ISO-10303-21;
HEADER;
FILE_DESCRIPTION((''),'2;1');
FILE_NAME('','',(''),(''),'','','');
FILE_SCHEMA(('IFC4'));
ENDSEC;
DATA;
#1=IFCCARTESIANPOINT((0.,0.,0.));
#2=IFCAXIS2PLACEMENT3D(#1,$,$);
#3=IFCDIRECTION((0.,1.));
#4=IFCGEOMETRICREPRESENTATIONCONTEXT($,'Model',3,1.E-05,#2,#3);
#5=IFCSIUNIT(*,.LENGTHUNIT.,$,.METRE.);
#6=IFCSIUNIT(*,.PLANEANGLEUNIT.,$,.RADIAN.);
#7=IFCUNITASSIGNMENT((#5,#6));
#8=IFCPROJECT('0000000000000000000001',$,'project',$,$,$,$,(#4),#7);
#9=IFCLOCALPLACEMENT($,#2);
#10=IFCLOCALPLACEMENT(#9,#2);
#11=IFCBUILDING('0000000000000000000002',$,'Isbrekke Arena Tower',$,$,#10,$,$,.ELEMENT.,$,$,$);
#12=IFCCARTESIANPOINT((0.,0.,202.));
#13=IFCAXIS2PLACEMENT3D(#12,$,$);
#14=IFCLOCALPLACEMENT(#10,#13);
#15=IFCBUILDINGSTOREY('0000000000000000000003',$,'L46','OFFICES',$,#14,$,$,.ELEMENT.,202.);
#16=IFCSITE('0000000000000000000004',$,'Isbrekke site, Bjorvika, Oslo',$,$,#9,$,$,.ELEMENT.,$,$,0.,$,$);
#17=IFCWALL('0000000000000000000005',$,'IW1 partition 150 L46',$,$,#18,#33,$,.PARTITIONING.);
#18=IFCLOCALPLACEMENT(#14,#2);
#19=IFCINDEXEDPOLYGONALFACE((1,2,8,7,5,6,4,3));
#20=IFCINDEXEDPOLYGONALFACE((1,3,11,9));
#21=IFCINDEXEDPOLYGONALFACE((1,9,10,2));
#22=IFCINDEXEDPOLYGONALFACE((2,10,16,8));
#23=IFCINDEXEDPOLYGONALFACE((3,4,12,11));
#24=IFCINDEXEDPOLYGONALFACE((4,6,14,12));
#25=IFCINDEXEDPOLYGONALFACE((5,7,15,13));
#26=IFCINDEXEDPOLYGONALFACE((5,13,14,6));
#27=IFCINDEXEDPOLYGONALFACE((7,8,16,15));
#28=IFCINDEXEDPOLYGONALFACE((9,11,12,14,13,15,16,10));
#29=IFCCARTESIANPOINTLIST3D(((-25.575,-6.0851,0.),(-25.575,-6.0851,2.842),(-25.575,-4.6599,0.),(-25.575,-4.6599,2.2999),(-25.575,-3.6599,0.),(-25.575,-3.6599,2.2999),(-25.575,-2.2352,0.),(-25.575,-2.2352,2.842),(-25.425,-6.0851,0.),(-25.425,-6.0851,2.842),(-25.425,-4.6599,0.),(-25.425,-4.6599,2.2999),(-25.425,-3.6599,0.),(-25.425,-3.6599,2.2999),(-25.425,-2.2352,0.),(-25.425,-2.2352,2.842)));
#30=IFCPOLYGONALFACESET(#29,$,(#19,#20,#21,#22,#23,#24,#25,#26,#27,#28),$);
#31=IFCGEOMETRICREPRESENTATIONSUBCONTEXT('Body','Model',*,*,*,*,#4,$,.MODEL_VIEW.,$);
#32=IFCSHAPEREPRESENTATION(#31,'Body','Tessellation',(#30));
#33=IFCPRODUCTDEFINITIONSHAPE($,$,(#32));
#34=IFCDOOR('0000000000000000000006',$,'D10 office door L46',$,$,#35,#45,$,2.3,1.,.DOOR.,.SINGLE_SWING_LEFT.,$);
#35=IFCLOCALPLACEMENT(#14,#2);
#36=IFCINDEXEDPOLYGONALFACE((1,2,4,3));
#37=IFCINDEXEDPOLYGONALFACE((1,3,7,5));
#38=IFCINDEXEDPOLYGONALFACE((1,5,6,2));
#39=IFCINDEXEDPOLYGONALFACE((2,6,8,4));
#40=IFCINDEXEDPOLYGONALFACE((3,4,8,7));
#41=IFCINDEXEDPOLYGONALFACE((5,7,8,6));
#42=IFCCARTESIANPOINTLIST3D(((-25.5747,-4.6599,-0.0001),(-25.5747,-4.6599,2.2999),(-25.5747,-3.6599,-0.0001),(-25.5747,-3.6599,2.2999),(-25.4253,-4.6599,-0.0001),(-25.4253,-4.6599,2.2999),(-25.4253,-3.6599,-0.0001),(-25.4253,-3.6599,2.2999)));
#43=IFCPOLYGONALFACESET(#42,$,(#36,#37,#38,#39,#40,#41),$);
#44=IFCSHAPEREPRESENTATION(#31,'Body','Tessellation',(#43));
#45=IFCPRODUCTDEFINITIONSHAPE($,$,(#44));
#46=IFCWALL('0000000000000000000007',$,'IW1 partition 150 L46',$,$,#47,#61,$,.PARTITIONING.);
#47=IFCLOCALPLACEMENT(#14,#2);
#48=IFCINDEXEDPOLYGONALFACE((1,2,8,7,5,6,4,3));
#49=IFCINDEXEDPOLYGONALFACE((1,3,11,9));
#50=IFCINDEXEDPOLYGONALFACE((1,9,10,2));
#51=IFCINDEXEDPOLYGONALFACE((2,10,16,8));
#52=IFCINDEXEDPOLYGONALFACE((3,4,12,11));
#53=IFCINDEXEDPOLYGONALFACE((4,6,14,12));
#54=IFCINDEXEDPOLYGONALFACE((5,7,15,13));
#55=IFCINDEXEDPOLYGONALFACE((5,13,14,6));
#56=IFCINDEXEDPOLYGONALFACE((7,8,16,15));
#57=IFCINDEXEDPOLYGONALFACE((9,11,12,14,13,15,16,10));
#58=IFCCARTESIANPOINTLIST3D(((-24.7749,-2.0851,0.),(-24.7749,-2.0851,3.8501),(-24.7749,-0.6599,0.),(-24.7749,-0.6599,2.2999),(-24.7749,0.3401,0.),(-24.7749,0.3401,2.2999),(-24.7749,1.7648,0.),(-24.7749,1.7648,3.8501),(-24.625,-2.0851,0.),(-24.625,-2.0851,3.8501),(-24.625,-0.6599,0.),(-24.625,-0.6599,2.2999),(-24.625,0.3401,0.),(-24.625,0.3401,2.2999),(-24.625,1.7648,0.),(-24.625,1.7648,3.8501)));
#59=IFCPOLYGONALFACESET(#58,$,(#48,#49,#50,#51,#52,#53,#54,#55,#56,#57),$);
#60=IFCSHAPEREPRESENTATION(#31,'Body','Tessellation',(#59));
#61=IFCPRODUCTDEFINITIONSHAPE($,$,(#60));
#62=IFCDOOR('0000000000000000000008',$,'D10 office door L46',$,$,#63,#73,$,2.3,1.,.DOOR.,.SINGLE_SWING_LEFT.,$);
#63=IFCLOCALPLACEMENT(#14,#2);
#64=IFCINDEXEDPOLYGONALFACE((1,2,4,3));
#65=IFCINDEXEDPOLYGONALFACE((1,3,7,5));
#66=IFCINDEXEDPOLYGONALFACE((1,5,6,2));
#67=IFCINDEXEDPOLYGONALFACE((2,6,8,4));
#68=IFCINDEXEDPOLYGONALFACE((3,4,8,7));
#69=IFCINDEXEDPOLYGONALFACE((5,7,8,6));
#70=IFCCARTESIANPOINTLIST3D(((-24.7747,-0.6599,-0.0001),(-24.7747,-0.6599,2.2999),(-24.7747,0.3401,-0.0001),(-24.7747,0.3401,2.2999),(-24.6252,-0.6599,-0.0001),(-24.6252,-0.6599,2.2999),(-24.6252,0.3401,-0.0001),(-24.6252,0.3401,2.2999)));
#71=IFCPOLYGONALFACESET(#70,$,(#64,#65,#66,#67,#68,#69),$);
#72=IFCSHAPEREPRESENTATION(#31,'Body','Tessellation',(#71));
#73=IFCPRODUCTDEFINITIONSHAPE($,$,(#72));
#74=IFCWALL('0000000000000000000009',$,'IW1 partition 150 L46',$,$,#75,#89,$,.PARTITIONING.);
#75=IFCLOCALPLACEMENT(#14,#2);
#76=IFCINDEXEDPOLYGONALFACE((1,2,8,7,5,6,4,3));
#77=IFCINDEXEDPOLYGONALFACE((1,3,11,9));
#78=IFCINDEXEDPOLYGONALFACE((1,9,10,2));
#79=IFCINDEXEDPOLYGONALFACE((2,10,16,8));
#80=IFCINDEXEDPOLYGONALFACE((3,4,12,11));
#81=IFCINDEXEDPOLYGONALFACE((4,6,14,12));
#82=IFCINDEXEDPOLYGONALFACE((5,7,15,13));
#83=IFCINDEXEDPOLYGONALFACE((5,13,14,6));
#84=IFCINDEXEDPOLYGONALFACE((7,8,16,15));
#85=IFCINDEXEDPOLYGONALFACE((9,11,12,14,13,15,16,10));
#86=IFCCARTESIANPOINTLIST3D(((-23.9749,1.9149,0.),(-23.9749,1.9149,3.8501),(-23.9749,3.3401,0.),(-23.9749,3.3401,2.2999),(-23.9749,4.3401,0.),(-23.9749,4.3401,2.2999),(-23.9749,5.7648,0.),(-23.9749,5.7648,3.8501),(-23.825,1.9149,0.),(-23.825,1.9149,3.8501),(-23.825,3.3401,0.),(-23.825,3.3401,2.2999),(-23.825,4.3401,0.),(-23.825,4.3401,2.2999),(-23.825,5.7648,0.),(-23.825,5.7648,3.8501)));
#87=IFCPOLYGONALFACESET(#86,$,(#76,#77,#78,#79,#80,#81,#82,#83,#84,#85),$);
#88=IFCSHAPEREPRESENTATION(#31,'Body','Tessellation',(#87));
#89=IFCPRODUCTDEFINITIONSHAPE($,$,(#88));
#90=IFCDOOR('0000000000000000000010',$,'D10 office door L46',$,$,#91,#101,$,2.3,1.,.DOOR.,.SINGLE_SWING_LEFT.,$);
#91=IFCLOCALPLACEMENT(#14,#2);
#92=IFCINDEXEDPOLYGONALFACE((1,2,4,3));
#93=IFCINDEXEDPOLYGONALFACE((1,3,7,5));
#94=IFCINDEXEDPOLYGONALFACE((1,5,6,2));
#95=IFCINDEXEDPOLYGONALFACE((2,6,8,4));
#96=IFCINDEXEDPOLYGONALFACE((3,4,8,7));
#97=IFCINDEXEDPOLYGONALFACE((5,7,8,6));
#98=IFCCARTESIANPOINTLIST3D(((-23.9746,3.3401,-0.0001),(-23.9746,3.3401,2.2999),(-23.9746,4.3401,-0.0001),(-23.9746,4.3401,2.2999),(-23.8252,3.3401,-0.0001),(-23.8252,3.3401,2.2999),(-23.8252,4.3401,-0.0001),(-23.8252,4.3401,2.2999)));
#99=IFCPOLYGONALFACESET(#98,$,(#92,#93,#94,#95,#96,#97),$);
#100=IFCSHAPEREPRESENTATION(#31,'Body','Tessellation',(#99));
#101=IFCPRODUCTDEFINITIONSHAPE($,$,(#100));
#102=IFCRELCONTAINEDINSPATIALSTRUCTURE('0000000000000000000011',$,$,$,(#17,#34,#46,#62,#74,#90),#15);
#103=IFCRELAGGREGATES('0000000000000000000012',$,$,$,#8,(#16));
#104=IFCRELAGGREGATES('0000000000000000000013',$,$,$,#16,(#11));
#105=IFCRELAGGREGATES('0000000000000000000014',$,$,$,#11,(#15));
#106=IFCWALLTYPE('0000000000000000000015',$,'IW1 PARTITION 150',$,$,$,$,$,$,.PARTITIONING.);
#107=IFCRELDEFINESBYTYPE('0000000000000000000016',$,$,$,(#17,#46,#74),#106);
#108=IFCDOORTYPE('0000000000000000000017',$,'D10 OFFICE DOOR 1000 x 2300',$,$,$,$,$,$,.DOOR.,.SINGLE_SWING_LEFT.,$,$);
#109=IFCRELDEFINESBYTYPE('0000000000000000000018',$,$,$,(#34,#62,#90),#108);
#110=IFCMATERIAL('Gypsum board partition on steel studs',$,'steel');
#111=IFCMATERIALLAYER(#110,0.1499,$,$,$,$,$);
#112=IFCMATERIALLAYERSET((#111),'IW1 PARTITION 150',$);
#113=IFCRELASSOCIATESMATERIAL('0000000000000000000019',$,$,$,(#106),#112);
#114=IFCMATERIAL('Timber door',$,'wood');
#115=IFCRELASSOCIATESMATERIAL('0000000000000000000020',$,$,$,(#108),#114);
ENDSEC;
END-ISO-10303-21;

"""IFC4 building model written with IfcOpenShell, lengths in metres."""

from ifc_helpers import new_model, si_unit, direction, frame, frame_2d, origin, place, context, subcontext, project, spatial, rectangle, extrude, material, layer, layer_set, type_object, element, fill, save


model = new_model("IFC4")

# Units and contexts
model_context = context("Model", 3, precision=1e-05, world=origin(), true_north=direction((0.0, 1.0)))
body_context = subcontext(model_context, "Body", "Model", "MODEL_VIEW")
ifc_project = project(units=[si_unit("LENGTHUNIT", "METRE"), si_unit("PLANEANGLEUNIT", "RADIAN")], contexts=[model_context])

# Site, building, storey
site_placement = place(None, origin())
site = spatial("IfcSite", under=ifc_project, at=site_placement, Name="Isbrekke site, Bjorvika, Oslo", CompositionType="ELEMENT", RefElevation=0.0)
building_placement = place(site_placement, origin())
building = spatial("IfcBuilding", under=site, at=building_placement, Name="Isbrekke Arena Tower", CompositionType="ELEMENT")
storey_placement = place(building_placement, frame((0.0, 0.0, 202.0)))
storey = spatial("IfcBuildingStorey", under=building, at=storey_placement, Name="L46", Description="OFFICES", CompositionType="ELEMENT", Elevation=202.0)

# Shared definitions
ifc_material_1 = material(Name="Gypsum board partition on steel studs", Category="steel")
ifc_layer_1 = layer(ifc_material_1, 0.1499)
ifc_layer_set_1 = layer_set([ifc_layer_1], Name="IW1 PARTITION 150")
wall_type = type_object("IfcWallType", Name="IW1 PARTITION 150", PredefinedType="PARTITIONING", material=ifc_layer_set_1)

# Walls, openings, doors
wall_1_placement = place(storey_placement, frame((-25.5, -6.085, 0.0), z_axis=(0.0, 0.0, 1.0), x_axis=(0.0, 1.0, 0.0)))
wall_1 = element("IfcWall", 1, at=wall_1_placement, inside=storey, type_object=wall_type, Name="IW1 partition 150 L46", PredefinedType="PARTITIONING", context=body_context, shape_type="SweptSolid", body=[
    extrude(rectangle(XDim=3.8499, YDim=0.1499, at=frame_2d((1.9248, 0.0))), origin(), (0.0, 0.0, 1.0), 2.842),
])
opening_1_placement = place(wall_1_placement, frame((1.425, 0.0, 0.0)))
opening_1 = element("IfcOpeningElement", 2, at=opening_1_placement, cuts=wall_1, PredefinedType="OPENING", context=body_context, shape_type="SweptSolid", body=[
    extrude(rectangle(XDim=1.0, YDim=2.3, at=frame_2d((0.5, 1.1499))), frame((0.0, 0.0898, 0.0), z_axis=(0.0, -1.0, 0.0), x_axis=(1.0, 0.0, 0.0)), (0.0, 0.0, 1.0), 0.1797),
])
ifc_material_2 = material(Name="Timber door", Category="wood")
door_type = type_object("IfcDoorType", Name="D10 OFFICE DOOR 1000 x 2300", OperationType="SINGLE_SWING_LEFT", PredefinedType="DOOR", material=ifc_material_2)
door_1_placement = place(opening_1_placement, origin())
door_1 = element("IfcDoor", 3, at=door_1_placement, inside=storey, type_object=door_type, Name="D10 office door L46", OperationType="SINGLE_SWING_LEFT", OverallHeight=2.3, OverallWidth=1.0, PredefinedType="DOOR", context=body_context, shape_type="SweptSolid", body=[
    extrude(rectangle(XDim=1.0, YDim=2.3, at=frame_2d((0.5, 1.1499))), frame((0.0, 0.0747, 0.0), z_axis=(0.0, -1.0, 0.0), x_axis=(1.0, 0.0, 0.0)), (0.0, 0.0, 1.0), 0.1494),
])
fill(opening_1, door_1)
wall_2_placement = place(storey_placement, frame((-24.7, -2.085, 0.0), z_axis=(0.0, 0.0, 1.0), x_axis=(0.0, 1.0, 0.0)))
wall_2 = element("IfcWall", 4, at=wall_2_placement, inside=storey, type_object=wall_type, Name="IW1 partition 150 L46", PredefinedType="PARTITIONING", context=body_context, shape_type="SweptSolid", body=[
    extrude(rectangle(XDim=3.8499, YDim=0.1499, at=frame_2d((1.9248, 0.0))), origin(), (0.0, 0.0, 1.0), 3.8501),
])
opening_2_placement = place(wall_2_placement, frame((1.425, 0.0, 0.0)))
opening_2 = element("IfcOpeningElement", 5, at=opening_2_placement, cuts=wall_2, PredefinedType="OPENING", context=body_context, shape_type="SweptSolid", body=[
    extrude(rectangle(XDim=1.0, YDim=2.3, at=frame_2d((0.5, 1.1499))), frame((0.0, 0.0898, 0.0), z_axis=(0.0, -1.0, 0.0), x_axis=(1.0, 0.0, 0.0)), (0.0, 0.0, 1.0), 0.1797),
])
door_2_placement = place(opening_2_placement, origin())
door_2 = element("IfcDoor", 6, at=door_2_placement, inside=storey, type_object=door_type, Name="D10 office door L46", OperationType="SINGLE_SWING_LEFT", OverallHeight=2.3, OverallWidth=1.0, PredefinedType="DOOR", context=body_context, shape_type="SweptSolid", body=[
    extrude(rectangle(XDim=1.0, YDim=2.3, at=frame_2d((0.5, 1.1499))), frame((0.0, 0.0747, 0.0), z_axis=(0.0, -1.0, 0.0), x_axis=(1.0, 0.0, 0.0)), (0.0, 0.0, 1.0), 0.1494),
])
fill(opening_2, door_2)
wall_3_placement = place(storey_placement, frame((-23.8999, 1.915, 0.0), z_axis=(0.0, 0.0, 1.0), x_axis=(0.0, 1.0, 0.0)))
wall_3 = element("IfcWall", 7, at=wall_3_placement, inside=storey, type_object=wall_type, Name="IW1 partition 150 L46", PredefinedType="PARTITIONING", context=body_context, shape_type="SweptSolid", body=[
    extrude(rectangle(XDim=3.8499, YDim=0.1499, at=frame_2d((1.9248, 0.0))), origin(), (0.0, 0.0, 1.0), 3.8501),
])
opening_3_placement = place(wall_3_placement, frame((1.425, 0.0, 0.0)))
opening_3 = element("IfcOpeningElement", 8, at=opening_3_placement, cuts=wall_3, PredefinedType="OPENING", context=body_context, shape_type="SweptSolid", body=[
    extrude(rectangle(XDim=1.0, YDim=2.3, at=frame_2d((0.5, 1.1499))), frame((0.0, 0.0898, 0.0), z_axis=(0.0, -1.0, 0.0), x_axis=(1.0, 0.0, 0.0)), (0.0, 0.0, 1.0), 0.1797),
])
door_3_placement = place(opening_3_placement, origin())
door_3 = element("IfcDoor", 9, at=door_3_placement, inside=storey, type_object=door_type, Name="D10 office door L46", OperationType="SINGLE_SWING_LEFT", OverallHeight=2.3, OverallWidth=1.0, PredefinedType="DOOR", context=body_context, shape_type="SweptSolid", body=[
    extrude(rectangle(XDim=1.0, YDim=2.3, at=frame_2d((0.5, 1.1499))), frame((0.0, 0.0747, 0.0), z_axis=(0.0, -1.0, 0.0), x_axis=(1.0, 0.0, 0.0)), (0.0, 0.0, 1.0), 0.1494),
])
fill(opening_3, door_3)

save(model, "model.ifc")
